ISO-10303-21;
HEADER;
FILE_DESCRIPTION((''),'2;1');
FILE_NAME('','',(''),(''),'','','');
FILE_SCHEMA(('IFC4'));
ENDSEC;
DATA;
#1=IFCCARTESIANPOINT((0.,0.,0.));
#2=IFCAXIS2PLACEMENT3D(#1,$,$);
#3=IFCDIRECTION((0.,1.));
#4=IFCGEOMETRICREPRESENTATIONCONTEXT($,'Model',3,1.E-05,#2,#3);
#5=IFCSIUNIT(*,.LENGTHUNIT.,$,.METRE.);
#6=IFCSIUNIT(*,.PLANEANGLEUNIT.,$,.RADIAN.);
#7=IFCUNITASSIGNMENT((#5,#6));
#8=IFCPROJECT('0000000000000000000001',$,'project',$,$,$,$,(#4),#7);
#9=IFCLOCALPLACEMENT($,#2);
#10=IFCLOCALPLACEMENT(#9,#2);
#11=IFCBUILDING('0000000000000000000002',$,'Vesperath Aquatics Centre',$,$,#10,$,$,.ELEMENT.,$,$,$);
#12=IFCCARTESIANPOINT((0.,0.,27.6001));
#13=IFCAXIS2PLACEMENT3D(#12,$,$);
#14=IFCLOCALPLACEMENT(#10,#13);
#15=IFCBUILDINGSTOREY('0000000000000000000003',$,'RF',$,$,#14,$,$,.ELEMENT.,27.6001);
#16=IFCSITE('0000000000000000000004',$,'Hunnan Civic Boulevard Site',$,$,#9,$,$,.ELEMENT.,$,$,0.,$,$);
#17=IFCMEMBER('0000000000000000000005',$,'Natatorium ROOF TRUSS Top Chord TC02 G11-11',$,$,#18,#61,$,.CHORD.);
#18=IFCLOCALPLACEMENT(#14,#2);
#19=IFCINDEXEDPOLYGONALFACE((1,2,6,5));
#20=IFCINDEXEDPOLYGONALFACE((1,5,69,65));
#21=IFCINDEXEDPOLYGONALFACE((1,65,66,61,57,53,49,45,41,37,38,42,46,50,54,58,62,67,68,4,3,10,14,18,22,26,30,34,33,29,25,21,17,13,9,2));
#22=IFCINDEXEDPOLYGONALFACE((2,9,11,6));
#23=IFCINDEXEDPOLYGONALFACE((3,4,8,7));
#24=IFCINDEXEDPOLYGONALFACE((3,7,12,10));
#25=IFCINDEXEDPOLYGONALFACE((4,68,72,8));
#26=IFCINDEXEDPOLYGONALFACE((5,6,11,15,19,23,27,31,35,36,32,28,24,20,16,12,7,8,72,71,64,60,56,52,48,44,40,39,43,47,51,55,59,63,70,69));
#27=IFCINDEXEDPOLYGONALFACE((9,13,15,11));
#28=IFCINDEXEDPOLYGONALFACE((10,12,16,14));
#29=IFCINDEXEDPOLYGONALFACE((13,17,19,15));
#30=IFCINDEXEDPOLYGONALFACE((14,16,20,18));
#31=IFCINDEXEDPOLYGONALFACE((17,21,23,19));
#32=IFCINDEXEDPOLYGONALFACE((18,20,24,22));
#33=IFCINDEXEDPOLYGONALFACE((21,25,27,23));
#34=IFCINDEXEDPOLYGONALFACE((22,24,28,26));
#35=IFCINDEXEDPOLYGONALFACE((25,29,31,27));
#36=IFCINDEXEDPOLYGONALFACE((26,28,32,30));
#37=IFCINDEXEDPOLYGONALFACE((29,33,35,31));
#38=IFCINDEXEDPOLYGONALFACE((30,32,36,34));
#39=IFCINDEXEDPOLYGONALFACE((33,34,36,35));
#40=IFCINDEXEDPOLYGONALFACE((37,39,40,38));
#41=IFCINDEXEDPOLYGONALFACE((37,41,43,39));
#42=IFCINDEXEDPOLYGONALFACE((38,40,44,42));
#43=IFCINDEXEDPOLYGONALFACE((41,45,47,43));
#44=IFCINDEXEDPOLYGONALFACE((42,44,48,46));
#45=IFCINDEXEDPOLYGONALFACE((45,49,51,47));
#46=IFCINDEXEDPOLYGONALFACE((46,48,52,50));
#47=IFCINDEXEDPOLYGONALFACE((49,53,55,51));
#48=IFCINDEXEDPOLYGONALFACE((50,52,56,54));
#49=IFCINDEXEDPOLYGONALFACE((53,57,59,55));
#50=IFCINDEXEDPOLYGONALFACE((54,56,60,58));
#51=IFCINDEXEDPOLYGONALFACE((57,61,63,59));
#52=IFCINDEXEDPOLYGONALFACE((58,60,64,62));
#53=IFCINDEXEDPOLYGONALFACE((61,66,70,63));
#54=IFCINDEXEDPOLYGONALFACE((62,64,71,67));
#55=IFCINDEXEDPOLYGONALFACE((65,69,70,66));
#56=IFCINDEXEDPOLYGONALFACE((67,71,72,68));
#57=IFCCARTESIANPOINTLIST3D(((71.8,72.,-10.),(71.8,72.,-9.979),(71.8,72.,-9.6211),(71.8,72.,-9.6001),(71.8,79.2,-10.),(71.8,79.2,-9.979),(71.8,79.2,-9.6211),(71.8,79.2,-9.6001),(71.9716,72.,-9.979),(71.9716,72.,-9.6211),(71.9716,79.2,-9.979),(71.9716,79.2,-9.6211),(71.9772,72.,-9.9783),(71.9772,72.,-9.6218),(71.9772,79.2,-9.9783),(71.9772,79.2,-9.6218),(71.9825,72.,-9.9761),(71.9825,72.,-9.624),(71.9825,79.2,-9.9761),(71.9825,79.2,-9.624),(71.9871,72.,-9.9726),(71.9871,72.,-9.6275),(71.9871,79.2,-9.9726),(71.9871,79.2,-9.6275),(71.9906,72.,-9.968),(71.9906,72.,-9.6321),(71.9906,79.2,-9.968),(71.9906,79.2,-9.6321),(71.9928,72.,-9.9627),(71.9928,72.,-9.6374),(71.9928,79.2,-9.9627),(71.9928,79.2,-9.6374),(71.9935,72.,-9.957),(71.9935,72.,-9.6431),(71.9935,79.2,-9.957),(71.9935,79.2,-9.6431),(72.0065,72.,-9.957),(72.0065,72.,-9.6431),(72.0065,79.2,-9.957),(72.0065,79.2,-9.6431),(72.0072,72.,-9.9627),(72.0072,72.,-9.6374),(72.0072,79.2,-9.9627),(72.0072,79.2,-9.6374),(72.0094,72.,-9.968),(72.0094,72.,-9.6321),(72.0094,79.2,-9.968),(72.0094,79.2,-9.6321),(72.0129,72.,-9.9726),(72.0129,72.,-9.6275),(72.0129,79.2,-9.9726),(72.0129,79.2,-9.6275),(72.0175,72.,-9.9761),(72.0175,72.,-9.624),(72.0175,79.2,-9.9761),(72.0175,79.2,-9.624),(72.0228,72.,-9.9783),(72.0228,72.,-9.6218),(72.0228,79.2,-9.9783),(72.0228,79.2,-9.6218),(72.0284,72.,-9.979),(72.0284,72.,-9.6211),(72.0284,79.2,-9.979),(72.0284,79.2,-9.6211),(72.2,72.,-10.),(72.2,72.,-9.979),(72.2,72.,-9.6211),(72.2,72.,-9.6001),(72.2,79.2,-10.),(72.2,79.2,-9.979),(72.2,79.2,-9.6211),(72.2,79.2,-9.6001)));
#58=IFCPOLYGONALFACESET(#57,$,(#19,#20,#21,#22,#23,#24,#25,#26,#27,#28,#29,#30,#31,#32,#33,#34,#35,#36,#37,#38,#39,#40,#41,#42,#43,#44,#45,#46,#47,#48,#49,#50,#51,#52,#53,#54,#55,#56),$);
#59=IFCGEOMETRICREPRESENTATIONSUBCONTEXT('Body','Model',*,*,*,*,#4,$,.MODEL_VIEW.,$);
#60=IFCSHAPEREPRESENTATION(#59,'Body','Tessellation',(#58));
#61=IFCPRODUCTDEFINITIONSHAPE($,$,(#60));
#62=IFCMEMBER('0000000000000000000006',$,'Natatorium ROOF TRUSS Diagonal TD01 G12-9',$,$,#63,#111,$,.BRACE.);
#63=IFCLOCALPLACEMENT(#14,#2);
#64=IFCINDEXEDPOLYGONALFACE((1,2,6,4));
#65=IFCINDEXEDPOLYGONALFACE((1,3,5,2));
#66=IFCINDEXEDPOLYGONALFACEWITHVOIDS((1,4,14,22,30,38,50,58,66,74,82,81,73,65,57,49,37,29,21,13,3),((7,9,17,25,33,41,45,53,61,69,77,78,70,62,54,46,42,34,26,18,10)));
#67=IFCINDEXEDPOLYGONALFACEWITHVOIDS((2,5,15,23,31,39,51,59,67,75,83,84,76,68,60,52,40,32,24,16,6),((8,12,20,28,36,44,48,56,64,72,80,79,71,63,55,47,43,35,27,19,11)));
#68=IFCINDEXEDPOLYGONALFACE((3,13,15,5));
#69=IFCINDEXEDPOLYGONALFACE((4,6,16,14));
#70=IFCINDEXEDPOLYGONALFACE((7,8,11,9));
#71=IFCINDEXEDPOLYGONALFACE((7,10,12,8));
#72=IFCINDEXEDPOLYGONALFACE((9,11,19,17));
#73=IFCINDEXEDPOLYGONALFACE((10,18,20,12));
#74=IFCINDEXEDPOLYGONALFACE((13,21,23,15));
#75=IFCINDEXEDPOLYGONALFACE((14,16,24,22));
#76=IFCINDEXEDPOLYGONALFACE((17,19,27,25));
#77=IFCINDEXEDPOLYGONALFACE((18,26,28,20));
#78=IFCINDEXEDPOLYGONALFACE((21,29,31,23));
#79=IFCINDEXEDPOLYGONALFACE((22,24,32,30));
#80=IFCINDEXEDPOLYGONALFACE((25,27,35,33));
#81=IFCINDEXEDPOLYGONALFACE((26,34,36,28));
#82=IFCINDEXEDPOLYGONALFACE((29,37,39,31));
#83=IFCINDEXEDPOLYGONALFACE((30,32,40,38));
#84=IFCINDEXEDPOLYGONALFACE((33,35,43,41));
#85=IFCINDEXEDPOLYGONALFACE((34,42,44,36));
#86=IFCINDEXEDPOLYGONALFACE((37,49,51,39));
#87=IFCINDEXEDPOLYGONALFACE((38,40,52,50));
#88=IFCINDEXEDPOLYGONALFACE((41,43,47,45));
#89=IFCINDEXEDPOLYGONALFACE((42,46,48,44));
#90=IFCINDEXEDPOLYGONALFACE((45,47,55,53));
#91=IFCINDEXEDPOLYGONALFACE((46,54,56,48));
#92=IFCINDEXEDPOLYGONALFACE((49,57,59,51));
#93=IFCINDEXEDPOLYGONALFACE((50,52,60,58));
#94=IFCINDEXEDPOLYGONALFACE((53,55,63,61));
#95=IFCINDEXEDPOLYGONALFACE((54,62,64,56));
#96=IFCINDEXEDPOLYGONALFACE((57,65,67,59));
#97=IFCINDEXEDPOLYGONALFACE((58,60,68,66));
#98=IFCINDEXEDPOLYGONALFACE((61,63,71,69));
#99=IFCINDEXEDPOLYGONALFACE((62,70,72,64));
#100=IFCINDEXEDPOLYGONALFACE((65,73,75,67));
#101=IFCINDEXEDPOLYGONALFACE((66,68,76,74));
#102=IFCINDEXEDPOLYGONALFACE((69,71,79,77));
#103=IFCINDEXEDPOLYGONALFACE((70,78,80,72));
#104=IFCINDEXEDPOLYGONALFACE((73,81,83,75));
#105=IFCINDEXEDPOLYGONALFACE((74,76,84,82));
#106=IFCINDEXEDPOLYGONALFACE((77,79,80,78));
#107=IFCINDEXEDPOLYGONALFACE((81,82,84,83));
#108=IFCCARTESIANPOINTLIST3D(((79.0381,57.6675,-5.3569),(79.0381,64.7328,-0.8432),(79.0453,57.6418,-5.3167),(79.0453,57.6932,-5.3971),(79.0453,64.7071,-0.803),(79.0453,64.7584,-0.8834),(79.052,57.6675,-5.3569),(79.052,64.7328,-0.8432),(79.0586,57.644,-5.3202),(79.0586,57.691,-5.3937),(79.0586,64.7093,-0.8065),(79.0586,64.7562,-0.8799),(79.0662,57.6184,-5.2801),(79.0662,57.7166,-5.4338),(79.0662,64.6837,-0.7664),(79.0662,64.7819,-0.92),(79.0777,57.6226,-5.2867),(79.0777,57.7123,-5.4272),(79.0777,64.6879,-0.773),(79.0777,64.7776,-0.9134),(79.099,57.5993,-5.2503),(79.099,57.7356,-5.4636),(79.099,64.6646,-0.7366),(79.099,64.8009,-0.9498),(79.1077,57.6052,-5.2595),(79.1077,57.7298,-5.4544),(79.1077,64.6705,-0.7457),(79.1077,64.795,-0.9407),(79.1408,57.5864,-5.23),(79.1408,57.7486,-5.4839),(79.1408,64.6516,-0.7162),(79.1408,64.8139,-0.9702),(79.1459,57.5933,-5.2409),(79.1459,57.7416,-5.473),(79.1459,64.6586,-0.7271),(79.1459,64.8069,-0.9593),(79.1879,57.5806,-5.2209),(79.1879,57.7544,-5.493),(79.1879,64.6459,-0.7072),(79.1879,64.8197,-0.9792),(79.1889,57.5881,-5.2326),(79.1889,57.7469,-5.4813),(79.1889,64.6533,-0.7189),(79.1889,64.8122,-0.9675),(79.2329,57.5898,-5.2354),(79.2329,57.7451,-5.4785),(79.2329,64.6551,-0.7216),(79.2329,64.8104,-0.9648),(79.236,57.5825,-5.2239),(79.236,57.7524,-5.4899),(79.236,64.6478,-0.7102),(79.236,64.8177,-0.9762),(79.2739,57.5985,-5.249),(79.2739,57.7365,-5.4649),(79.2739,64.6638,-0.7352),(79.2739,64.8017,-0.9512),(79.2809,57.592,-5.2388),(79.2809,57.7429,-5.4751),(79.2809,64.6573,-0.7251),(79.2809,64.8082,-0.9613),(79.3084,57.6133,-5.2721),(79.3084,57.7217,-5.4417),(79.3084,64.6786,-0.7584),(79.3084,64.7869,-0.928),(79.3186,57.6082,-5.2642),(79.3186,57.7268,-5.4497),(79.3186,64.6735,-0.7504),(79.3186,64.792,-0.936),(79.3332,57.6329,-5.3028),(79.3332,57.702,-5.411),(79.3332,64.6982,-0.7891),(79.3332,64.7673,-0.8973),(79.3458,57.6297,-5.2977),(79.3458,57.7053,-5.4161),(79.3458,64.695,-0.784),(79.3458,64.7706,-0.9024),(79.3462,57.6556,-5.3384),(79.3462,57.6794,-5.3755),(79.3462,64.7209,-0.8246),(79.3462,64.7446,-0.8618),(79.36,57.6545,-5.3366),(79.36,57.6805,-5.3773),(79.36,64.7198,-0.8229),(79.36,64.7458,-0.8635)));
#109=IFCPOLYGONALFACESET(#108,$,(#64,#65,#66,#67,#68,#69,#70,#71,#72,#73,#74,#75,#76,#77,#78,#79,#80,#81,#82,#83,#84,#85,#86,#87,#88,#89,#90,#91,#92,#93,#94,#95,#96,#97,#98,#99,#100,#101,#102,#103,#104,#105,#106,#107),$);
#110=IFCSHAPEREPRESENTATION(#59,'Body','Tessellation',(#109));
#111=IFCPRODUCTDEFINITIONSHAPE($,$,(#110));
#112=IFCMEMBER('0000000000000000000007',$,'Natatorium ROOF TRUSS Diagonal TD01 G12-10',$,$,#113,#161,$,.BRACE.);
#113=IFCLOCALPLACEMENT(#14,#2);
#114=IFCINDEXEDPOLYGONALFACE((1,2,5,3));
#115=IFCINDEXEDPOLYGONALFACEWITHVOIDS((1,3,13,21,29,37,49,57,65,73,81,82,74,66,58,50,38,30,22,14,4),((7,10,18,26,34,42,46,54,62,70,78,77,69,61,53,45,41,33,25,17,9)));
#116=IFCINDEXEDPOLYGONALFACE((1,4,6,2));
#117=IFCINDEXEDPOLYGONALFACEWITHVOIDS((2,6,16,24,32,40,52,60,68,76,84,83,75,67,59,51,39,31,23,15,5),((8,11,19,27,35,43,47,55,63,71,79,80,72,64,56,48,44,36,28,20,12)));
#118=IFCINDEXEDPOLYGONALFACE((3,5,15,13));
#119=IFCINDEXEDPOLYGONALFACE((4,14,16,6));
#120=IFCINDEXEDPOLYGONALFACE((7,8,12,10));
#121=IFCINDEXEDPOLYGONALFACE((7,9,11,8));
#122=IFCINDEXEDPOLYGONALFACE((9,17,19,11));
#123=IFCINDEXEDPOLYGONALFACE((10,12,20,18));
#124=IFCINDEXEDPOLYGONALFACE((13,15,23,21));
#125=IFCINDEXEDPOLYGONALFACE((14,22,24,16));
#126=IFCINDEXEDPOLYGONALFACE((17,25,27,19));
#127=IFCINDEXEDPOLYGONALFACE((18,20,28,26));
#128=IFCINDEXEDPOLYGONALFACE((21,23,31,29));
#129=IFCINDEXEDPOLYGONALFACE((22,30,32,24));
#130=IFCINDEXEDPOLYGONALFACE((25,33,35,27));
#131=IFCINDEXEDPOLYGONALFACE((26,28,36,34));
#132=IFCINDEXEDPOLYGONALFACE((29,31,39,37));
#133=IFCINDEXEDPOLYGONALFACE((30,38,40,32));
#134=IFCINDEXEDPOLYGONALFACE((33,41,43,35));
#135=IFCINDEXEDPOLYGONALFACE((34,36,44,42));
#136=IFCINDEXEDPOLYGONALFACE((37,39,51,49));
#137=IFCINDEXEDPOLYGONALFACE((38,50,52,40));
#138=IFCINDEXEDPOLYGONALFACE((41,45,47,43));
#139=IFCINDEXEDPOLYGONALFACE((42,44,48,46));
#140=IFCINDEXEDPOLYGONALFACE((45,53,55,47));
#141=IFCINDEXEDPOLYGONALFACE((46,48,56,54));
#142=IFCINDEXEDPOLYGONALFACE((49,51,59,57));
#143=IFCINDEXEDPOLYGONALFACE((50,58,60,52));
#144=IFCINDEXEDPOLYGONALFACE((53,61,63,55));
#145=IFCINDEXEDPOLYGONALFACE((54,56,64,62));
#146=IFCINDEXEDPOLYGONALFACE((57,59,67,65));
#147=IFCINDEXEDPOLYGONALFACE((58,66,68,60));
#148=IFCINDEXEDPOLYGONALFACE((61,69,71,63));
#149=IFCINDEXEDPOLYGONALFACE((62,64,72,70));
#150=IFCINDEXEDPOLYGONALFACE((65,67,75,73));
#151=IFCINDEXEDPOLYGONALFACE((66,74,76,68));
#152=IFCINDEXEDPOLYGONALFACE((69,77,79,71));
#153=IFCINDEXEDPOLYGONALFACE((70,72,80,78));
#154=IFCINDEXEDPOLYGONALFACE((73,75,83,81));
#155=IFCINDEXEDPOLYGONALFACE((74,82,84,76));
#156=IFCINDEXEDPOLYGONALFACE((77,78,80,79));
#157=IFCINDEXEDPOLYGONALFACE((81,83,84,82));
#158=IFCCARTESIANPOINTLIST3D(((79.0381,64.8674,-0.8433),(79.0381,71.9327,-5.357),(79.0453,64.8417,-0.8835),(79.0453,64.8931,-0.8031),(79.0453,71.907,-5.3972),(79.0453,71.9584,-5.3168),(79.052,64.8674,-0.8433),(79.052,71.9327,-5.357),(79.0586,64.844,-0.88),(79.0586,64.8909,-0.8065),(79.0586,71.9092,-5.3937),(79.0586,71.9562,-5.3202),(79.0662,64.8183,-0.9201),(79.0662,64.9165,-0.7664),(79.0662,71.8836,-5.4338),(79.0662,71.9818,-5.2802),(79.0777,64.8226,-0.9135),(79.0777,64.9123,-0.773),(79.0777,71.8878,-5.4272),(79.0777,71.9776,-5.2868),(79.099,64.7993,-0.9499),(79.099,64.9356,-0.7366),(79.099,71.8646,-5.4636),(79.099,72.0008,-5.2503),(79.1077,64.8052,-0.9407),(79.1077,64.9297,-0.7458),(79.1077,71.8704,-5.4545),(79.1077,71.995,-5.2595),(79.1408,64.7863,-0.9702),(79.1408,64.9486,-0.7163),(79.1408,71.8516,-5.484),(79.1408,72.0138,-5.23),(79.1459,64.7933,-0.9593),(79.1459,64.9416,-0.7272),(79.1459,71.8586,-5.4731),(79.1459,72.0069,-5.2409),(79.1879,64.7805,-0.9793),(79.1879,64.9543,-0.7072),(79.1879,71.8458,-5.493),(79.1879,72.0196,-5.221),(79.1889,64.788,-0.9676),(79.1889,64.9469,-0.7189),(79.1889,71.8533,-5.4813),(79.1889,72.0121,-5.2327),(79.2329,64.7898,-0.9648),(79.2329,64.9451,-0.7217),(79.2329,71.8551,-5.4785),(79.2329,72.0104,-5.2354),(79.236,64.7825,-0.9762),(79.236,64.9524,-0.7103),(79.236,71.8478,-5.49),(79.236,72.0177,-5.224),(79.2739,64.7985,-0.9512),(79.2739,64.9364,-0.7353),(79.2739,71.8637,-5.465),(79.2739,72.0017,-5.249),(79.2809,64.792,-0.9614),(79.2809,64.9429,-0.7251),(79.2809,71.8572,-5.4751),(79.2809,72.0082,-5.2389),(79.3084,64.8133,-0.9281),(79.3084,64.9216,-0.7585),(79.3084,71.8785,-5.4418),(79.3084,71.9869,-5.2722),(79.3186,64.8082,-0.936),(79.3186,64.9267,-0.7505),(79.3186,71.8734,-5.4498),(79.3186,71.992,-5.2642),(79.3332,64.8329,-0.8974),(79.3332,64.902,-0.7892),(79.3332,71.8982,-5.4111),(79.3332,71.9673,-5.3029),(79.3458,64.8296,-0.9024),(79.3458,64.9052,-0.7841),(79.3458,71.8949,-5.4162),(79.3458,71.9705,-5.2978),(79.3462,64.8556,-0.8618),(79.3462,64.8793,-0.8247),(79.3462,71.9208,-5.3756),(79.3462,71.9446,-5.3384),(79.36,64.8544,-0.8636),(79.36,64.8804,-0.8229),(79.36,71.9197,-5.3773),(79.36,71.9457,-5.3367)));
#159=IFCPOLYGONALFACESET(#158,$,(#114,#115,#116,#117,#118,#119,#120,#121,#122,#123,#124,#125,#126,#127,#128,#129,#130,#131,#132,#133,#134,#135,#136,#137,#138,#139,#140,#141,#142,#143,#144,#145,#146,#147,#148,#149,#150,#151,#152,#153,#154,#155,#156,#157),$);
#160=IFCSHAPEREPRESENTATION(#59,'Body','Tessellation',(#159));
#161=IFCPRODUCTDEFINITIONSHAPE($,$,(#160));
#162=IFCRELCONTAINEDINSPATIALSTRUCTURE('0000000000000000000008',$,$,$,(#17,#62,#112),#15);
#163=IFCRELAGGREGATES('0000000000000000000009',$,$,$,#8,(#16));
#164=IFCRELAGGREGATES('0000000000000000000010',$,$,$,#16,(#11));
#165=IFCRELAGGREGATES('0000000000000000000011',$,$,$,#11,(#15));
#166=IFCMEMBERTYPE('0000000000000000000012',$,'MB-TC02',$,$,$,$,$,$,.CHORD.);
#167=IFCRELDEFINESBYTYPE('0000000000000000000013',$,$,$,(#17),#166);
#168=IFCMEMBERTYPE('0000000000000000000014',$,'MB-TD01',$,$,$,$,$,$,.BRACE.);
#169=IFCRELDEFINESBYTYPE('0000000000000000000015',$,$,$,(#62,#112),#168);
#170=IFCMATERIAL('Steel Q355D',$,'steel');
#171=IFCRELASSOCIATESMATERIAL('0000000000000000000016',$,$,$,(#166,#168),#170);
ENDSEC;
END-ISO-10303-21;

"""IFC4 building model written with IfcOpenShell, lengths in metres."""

from ifc_helpers import new_model, si_unit, direction, frame, origin, origin_2d, place, context, subcontext, project, spatial, hollow_circle, i_section, extrude, material, material_profile, profile_set, type_object, element, save


model = new_model("IFC4")

# Units and contexts
model_context = context("Model", 3, precision=1e-05, world=origin(), true_north=direction((0.0, 1.0)))
body_context = subcontext(model_context, "Body", "Model", "MODEL_VIEW")
ifc_project = project(units=[si_unit("LENGTHUNIT", "METRE"), si_unit("PLANEANGLEUNIT", "RADIAN")], contexts=[model_context])

# Site, building, storey
site_placement = place(None, origin())
site = spatial("IfcSite", under=ifc_project, at=site_placement, Name="Hunnan Civic Boulevard Site", CompositionType="ELEMENT", RefElevation=0.0)
building_placement = place(site_placement, origin())
building = spatial("IfcBuilding", under=site, at=building_placement, Name="Vesperath Aquatics Centre", CompositionType="ELEMENT")
storey_placement = place(building_placement, frame((0.0, 0.0, 27.6001)))
storey = spatial("IfcBuildingStorey", under=building, at=storey_placement, Name="RF", CompositionType="ELEMENT", Elevation=27.6001)

# Members
ifc_material_1 = material(Name="Steel Q355D", Category="steel")
ifc_material_profile_1 = material_profile(ifc_material_1, i_section(OverallWidth=0.3999, OverallDepth=0.3999, WebThickness=0.0129, FlangeThickness=0.021, FilletRadius=0.022, at=origin_2d()), Name="HW 400x400x13x21")
ifc_profile_set_1 = profile_set([ifc_material_profile_1], Name="Steel Q355D")
member_type_1 = type_object("IfcMemberType", Name="MB-TC02", PredefinedType="CHORD", material=ifc_profile_set_1)
for number, where, z_axis, x_axis, name in (
    (1, (72.0, 72.0, -9.8), (0.0, 1.0, 0.0), (-1.0, 0.0, 0.0), "Natatorium ROOF TRUSS Top Chord TC02 G11-11"),
):
    element("IfcMember", number, at=place(storey_placement, frame(where, z_axis=z_axis, x_axis=x_axis)), inside=storey, type_object=member_type_1, Name=name, PredefinedType="CHORD", context=body_context, shape_type="SweptSolid", body=[
        extrude(i_section(OverallWidth=0.3999, OverallDepth=0.3999, WebThickness=0.0129, FlangeThickness=0.021, FilletRadius=0.022, at=origin_2d()), origin(), (0.0, 0.0, 1.0), 7.2),
    ])
ifc_material_profile_2 = material_profile(ifc_material_1, hollow_circle(Radius=0.1619, WallThickness=0.0139, at=origin_2d()), Name="CHS 323.9x14")
ifc_profile_set_2 = profile_set([ifc_material_profile_2], Name="Steel Q355D")
member_type_2 = type_object("IfcMemberType", Name="MB-TD01", PredefinedType="BRACE", material=ifc_profile_set_2)
for number, where, z_axis, x_axis, name in (
    (2, (79.2, 57.6675, -5.3569), (0.0, 0.842707, 0.538373), (-1.0, 0.0, 0.0), "Natatorium ROOF TRUSS Diagonal TD01 G12-9"),
    (3, (79.2, 64.8674, -0.8433), (0.0, 0.842707, -0.538373), (-1.0, 0.0, 0.0), "Natatorium ROOF TRUSS Diagonal TD01 G12-10"),
):
    element("IfcMember", number, at=place(storey_placement, frame(where, z_axis=z_axis, x_axis=x_axis)), inside=storey, type_object=member_type_2, Name=name, PredefinedType="BRACE", context=body_context, shape_type="SweptSolid", body=[
        extrude(hollow_circle(Radius=0.1619, WallThickness=0.0139, at=origin_2d()), origin(), (0.0, 0.0, 1.0), 8.384),
    ])

save(model, "model.ifc")
